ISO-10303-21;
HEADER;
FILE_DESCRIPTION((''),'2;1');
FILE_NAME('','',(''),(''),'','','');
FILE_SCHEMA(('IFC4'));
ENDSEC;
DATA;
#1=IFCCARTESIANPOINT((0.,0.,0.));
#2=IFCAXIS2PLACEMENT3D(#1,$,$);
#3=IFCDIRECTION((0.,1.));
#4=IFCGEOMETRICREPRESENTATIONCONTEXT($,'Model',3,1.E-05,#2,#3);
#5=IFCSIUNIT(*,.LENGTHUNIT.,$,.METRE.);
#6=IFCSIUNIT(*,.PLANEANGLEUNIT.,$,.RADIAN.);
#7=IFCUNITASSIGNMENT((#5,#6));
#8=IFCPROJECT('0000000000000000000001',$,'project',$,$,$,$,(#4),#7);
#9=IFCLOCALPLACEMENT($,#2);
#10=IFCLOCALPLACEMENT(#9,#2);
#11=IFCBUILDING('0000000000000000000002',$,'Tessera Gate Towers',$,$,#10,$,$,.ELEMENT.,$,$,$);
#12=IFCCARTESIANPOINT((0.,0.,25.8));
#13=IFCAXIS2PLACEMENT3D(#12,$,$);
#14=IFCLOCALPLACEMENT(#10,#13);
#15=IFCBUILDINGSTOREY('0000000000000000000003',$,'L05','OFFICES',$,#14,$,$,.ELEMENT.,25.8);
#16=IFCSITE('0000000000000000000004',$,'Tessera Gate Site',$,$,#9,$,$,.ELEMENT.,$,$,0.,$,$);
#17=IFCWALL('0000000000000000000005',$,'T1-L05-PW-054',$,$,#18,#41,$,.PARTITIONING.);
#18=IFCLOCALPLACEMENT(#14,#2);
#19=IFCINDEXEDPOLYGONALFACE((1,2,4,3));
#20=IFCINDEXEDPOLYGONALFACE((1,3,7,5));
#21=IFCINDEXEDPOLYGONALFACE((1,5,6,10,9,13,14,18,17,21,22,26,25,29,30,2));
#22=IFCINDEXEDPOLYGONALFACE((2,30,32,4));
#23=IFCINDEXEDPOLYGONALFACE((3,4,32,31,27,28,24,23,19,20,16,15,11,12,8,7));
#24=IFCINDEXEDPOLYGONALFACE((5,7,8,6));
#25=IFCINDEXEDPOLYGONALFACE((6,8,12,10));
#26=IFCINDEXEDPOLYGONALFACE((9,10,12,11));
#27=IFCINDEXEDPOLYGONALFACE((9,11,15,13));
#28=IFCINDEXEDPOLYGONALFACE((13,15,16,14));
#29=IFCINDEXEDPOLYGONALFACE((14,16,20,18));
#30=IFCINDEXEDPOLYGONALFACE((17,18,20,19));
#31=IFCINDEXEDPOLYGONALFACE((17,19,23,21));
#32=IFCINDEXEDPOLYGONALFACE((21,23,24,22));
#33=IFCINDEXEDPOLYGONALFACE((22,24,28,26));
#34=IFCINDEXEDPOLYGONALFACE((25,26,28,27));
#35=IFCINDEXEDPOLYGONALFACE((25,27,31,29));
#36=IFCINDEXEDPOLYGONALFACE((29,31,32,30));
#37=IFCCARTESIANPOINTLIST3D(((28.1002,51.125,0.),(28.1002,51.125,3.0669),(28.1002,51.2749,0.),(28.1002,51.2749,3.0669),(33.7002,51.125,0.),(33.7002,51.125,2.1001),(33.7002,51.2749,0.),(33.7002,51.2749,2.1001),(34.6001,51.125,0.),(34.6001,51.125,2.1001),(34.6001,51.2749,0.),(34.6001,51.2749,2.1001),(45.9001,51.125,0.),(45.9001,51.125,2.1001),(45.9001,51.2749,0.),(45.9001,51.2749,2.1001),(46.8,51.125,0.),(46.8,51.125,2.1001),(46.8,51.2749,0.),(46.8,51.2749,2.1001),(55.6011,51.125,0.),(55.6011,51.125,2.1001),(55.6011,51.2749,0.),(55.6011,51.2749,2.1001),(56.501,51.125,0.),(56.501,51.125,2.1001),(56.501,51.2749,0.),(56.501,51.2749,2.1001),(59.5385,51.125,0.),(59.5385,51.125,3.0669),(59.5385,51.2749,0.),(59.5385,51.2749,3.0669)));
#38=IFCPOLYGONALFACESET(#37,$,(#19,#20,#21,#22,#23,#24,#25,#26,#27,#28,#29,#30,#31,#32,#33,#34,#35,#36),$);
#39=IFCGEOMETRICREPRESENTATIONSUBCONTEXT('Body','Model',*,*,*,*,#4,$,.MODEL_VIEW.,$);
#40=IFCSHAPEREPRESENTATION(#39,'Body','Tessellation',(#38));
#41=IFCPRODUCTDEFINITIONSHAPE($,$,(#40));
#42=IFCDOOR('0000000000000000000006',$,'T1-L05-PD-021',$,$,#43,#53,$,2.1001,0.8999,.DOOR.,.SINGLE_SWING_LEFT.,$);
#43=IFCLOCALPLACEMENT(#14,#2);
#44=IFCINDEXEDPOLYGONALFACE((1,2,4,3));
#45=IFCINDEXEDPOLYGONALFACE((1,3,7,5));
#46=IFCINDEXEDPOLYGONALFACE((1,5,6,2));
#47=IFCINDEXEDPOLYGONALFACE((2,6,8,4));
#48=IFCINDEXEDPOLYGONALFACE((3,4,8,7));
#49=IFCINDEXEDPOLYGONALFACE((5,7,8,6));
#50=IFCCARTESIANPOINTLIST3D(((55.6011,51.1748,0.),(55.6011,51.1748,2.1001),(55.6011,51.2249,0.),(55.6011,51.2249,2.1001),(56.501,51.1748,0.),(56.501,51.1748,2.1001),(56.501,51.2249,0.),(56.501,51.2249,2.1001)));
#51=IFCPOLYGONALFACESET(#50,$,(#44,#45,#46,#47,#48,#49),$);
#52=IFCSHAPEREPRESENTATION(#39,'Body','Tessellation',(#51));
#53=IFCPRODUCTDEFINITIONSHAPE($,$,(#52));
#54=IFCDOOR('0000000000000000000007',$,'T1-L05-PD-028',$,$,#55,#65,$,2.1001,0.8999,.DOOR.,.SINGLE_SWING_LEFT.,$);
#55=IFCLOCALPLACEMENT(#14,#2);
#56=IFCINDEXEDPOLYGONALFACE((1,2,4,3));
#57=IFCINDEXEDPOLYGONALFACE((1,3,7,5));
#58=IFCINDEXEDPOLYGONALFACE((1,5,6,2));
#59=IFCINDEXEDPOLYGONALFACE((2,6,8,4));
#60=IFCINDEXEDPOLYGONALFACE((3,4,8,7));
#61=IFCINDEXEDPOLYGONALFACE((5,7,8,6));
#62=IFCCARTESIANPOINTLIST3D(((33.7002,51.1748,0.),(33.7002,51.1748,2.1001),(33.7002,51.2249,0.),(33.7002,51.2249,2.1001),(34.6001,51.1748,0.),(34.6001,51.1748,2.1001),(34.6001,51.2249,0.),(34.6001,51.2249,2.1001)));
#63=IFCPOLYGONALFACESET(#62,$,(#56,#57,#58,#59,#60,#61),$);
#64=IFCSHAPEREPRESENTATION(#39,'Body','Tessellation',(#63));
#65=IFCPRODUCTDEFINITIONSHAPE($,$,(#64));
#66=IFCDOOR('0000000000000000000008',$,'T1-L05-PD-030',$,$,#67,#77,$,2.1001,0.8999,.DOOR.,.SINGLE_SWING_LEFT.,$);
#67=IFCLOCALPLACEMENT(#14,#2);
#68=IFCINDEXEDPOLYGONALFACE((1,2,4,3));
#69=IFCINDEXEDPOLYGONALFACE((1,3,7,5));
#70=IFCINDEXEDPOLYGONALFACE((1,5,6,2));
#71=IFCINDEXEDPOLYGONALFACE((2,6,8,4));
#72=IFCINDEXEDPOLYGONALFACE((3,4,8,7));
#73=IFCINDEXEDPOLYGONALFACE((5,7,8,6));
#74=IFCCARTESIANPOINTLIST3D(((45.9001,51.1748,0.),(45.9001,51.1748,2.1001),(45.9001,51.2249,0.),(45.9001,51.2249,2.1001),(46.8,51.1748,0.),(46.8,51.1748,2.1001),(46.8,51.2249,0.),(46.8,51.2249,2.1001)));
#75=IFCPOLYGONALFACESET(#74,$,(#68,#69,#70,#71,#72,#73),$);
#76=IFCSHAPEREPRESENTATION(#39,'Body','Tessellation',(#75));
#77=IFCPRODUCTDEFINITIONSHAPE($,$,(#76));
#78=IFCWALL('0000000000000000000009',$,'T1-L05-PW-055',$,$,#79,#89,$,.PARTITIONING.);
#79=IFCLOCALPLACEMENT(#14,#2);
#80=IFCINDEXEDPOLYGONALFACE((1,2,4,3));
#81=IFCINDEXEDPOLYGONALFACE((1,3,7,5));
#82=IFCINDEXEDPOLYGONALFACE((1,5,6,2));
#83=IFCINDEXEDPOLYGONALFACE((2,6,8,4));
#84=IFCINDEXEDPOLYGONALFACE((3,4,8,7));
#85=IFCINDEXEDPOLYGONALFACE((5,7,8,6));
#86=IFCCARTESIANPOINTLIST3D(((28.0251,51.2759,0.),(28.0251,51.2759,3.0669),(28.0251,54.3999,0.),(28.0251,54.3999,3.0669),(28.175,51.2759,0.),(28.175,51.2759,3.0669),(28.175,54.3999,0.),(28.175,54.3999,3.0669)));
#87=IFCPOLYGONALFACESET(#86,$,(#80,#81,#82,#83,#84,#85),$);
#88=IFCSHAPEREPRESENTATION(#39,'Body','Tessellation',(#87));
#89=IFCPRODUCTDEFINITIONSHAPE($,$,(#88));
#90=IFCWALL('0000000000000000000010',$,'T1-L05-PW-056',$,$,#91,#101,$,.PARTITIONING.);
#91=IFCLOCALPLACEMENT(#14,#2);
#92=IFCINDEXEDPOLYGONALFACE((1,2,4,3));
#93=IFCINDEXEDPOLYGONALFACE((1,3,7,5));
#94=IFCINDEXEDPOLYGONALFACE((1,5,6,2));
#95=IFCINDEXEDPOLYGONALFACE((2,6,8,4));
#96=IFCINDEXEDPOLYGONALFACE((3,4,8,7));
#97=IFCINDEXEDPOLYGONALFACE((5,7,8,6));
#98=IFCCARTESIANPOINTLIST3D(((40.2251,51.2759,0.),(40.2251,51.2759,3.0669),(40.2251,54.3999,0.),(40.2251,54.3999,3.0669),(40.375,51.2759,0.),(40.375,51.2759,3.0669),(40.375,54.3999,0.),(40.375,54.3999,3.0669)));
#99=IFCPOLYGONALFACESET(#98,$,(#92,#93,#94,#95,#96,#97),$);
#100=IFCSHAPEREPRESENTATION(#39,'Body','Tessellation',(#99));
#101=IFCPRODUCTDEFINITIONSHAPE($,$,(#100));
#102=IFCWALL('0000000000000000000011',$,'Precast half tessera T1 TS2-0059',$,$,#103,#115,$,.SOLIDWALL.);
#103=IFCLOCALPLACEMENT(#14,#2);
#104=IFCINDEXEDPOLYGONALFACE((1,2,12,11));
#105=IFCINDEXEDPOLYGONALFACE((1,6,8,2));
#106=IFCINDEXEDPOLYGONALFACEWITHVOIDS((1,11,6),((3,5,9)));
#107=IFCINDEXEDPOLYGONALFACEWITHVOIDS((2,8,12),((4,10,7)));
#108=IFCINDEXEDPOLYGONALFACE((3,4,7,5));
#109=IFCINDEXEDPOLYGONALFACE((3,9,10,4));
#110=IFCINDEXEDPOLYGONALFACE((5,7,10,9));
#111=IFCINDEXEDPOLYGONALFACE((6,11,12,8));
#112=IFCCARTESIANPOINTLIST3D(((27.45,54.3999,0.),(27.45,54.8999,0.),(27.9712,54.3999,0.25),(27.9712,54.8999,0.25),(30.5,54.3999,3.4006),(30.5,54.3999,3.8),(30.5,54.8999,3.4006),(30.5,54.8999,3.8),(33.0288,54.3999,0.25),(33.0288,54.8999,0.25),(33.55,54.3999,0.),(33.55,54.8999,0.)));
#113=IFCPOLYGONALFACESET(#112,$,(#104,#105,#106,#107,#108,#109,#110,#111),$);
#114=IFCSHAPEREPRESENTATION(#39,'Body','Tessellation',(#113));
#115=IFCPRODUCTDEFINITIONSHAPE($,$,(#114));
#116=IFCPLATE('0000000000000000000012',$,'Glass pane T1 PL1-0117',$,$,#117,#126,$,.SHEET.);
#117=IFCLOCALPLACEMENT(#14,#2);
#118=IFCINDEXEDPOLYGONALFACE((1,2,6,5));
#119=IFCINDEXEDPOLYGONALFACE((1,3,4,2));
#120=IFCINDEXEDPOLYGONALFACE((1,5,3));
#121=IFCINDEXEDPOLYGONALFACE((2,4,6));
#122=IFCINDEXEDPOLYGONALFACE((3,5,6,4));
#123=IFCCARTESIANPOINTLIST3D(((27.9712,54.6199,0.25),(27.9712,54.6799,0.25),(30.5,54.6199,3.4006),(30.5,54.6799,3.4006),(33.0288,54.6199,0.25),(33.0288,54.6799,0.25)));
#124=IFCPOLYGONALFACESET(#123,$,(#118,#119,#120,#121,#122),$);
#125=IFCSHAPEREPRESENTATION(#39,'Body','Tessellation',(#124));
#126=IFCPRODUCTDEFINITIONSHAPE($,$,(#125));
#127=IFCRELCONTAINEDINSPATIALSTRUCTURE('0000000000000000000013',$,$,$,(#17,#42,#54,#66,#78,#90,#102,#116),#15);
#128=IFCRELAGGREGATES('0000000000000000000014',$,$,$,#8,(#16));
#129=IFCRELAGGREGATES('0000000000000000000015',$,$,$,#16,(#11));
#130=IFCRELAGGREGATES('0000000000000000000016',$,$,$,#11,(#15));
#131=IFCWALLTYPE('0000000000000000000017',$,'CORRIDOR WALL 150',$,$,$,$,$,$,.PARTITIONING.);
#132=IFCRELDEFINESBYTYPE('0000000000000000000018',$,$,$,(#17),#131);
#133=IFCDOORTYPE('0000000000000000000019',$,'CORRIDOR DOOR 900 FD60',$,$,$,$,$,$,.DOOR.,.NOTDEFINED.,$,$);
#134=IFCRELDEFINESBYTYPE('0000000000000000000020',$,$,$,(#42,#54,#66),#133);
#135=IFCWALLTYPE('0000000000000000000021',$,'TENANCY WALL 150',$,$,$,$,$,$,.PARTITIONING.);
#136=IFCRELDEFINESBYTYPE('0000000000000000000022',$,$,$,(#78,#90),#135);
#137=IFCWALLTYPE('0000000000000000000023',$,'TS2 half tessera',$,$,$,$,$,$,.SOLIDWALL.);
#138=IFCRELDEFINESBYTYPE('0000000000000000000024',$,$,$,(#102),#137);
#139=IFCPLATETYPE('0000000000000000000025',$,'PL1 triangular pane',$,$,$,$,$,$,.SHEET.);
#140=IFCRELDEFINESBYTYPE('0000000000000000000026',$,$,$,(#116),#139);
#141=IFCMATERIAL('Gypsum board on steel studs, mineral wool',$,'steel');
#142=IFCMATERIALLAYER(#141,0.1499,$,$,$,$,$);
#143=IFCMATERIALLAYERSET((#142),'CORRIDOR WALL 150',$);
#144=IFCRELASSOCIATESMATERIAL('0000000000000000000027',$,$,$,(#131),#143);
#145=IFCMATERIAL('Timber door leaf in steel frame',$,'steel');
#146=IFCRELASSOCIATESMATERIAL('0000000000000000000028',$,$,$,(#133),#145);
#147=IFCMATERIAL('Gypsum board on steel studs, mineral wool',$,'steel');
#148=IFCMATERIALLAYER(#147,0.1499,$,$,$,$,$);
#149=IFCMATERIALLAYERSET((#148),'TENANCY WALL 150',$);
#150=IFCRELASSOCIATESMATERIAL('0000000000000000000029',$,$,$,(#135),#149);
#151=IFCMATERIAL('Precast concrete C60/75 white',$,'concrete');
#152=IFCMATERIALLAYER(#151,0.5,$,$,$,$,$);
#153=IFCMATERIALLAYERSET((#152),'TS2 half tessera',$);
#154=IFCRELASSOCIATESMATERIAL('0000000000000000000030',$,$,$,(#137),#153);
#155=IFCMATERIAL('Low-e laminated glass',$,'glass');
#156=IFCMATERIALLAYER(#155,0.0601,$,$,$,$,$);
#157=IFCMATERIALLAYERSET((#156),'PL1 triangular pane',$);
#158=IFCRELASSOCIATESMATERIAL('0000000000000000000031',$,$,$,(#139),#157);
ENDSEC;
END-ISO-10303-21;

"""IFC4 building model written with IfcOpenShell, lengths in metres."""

from ifc_helpers import new_model, si_unit, direction, frame, frame_2d, origin, place, context, subcontext, project, spatial, polyline, rectangle, outline, extrude, source, transform, mapped, material, layer, layer_set, type_object, element, fill, save


model = new_model("IFC4")

# Units and contexts
model_context = context("Model", 3, precision=1e-05, world=origin(), true_north=direction((0.0, 1.0)))
body_context = subcontext(model_context, "Body", "Model", "MODEL_VIEW")
ifc_project = project(units=[si_unit("LENGTHUNIT", "METRE"), si_unit("PLANEANGLEUNIT", "RADIAN")], contexts=[model_context])

# Site, building, storey
site_placement = place(None, origin())
site = spatial("IfcSite", under=ifc_project, at=site_placement, Name="Tessera Gate Site", CompositionType="ELEMENT", RefElevation=0.0)
building_placement = place(site_placement, origin())
building = spatial("IfcBuilding", under=site, at=building_placement, Name="Tessera Gate Towers", CompositionType="ELEMENT")
storey_placement = place(building_placement, frame((0.0, 0.0, 25.8)))
storey = spatial("IfcBuildingStorey", under=building, at=storey_placement, Name="L05", Description="OFFICES", CompositionType="ELEMENT", Elevation=25.8)

# Shared definitions
ifc_material_1 = material(Name="Gypsum board on steel studs, mineral wool", Category="steel")
ifc_layer_1 = layer(ifc_material_1, 0.1499)
ifc_layer_set_1 = layer_set([ifc_layer_1], Name="CORRIDOR WALL 150")
wall_type_1 = type_object("IfcWallType", Name="CORRIDOR WALL 150", PredefinedType="PARTITIONING", material=ifc_layer_set_1)

# Wall, openings, doors
wall_1_placement = place(storey_placement, frame((28.1001, 51.2, 0.0), z_axis=(0.0, 0.0, 1.0), x_axis=(1.0, 0.0, 0.0)))
wall_1 = element("IfcWall", 1, at=wall_1_placement, inside=storey, type_object=wall_type_1, Name="T1-L05-PW-054", PredefinedType="PARTITIONING", context=body_context, shape_type="SweptSolid", body=[
    extrude(rectangle(XDim=31.4382, YDim=0.1499, at=frame_2d((15.7192, 0.0))), origin(), (0.0, 0.0, 1.0), 3.0669),
])
shared_shape_1 = source(origin(), body_context, "Body", "SweptSolid", [
    extrude(rectangle(XDim=0.8999, YDim=2.1001, at=frame_2d((0.45, 1.05))), frame((0.0, 0.085, 0.0), z_axis=(0.0, -1.0, 0.0), x_axis=(1.0, 0.0, 0.0)), (0.0, 0.0, 1.0), 0.1699),
])
opening_1_placement = place(wall_1_placement, frame((27.501, 0.0, 0.0)))
opening_1 = element("IfcOpeningElement", 2, at=opening_1_placement, cuts=wall_1, PredefinedType="OPENING", context=body_context, shape_type="MappedRepresentation", body=[
    mapped(shared_shape_1, transform((0.0, 0.0, 0.0), scale=1.0)),
])
opening_2_placement = place(wall_1_placement, frame((5.6001, 0.0, 0.0)))
opening_2 = element("IfcOpeningElement", 3, at=opening_2_placement, cuts=wall_1, PredefinedType="OPENING", context=body_context, shape_type="MappedRepresentation", body=[
    mapped(shared_shape_1, transform((0.0, 0.0, 0.0), scale=1.0)),
])
opening_3_placement = place(wall_1_placement, frame((17.8, 0.0, 0.0)))
opening_3 = element("IfcOpeningElement", 4, at=opening_3_placement, cuts=wall_1, PredefinedType="OPENING", context=body_context, shape_type="MappedRepresentation", body=[
    mapped(shared_shape_1, transform((0.0, 0.0, 0.0), scale=1.0)),
])
ifc_material_2 = material(Name="Timber door leaf in steel frame", Category="steel")
door_type_1 = type_object("IfcDoorType", Name="CORRIDOR DOOR 900 FD60", OperationType="NOTDEFINED", PredefinedType="DOOR", material=ifc_material_2)
shared_shape_2 = source(origin(), body_context, "Body", "SweptSolid", [
    extrude(rectangle(XDim=0.8999, YDim=2.1001, at=frame_2d((0.45, 1.05))), frame((0.0, 0.0249, 0.0), z_axis=(0.0, -1.0, 0.0), x_axis=(1.0, 0.0, 0.0)), (0.0, 0.0, 1.0), 0.05),
])
door_1_placement = place(opening_1_placement, origin())
door_1 = element("IfcDoor", 5, at=door_1_placement, inside=storey, type_object=door_type_1, Name="T1-L05-PD-021", OperationType="SINGLE_SWING_LEFT", OverallHeight=2.1001, OverallWidth=0.8999, PredefinedType="DOOR", context=body_context, shape_type="MappedRepresentation", body=[
    mapped(shared_shape_2, transform((0.0, 0.0, 0.0), scale=1.0)),
])
fill(opening_1, door_1)
door_2_placement = place(opening_2_placement, origin())
door_2 = element("IfcDoor", 6, at=door_2_placement, inside=storey, type_object=door_type_1, Name="T1-L05-PD-028", OperationType="SINGLE_SWING_LEFT", OverallHeight=2.1001, OverallWidth=0.8999, PredefinedType="DOOR", context=body_context, shape_type="MappedRepresentation", body=[
    mapped(shared_shape_2, transform((0.0, 0.0, 0.0), scale=1.0)),
])
fill(opening_2, door_2)
door_3_placement = place(opening_3_placement, origin())
door_3 = element("IfcDoor", 7, at=door_3_placement, inside=storey, type_object=door_type_1, Name="T1-L05-PD-030", OperationType="SINGLE_SWING_LEFT", OverallHeight=2.1001, OverallWidth=0.8999, PredefinedType="DOOR", context=body_context, shape_type="MappedRepresentation", body=[
    mapped(shared_shape_2, transform((0.0, 0.0, 0.0), scale=1.0)),
])
fill(opening_3, door_3)

# Walls
ifc_material_3 = material(Name="Gypsum board on steel studs, mineral wool", Category="steel")
ifc_layer_2 = layer(ifc_material_3, 0.1499)
ifc_layer_set_2 = layer_set([ifc_layer_2], Name="TENANCY WALL 150")
wall_type_2 = type_object("IfcWallType", Name="TENANCY WALL 150", PredefinedType="PARTITIONING", material=ifc_layer_set_2)
for number, where, z_axis, x_axis, name in (
    (8, (28.1001, 51.2759, 0.0), (0.0, 0.0, 1.0), (0.0, 1.0, 0.0), "T1-L05-PW-055"),
    (9, (40.3, 51.2759, 0.0), (0.0, 0.0, 1.0), (0.0, 1.0, 0.0), "T1-L05-PW-056"),
):
    element("IfcWall", number, at=place(storey_placement, frame(where, z_axis=z_axis, x_axis=x_axis)), inside=storey, type_object=wall_type_2, Name=name, PredefinedType="PARTITIONING", context=body_context, shape_type="SweptSolid", body=[
        extrude(rectangle(XDim=3.124, YDim=0.1499, at=frame_2d((1.562, 0.0))), origin(), (0.0, 0.0, 1.0), 3.0669),
    ])

# Wall, opening, plate
ifc_material_4 = material(Name="Precast concrete C60/75 white", Category="concrete")
ifc_layer_3 = layer(ifc_material_4, 0.5)
ifc_layer_set_3 = layer_set([ifc_layer_3], Name="TS2 half tessera")
wall_type_3 = type_object("IfcWallType", Name="TS2 half tessera", PredefinedType="SOLIDWALL", material=ifc_layer_set_3)
shared_shape_3 = source(origin(), body_context, "Body", "SweptSolid", [
    extrude(outline(polyline([(6.1001, 0.0), (3.05, 3.8), (0.0, 0.0), (6.1001, 0.0)])), frame((0.0, 0.25, 0.0), z_axis=(0.0, -1.0, 0.0), x_axis=(1.0, 0.0, 0.0)), (0.0, 0.0, 1.0), 0.5),
])
wall_2_placement = place(storey_placement, frame((33.55, 54.6499, 0.0), z_axis=(0.0, 0.0, 1.0), x_axis=(-1.0, 0.0, 0.0)))
wall_2 = element("IfcWall", 10, at=wall_2_placement, inside=storey, type_object=wall_type_3, Name="Precast half tessera T1 TS2-0059", PredefinedType="SOLIDWALL", context=body_context, shape_type="MappedRepresentation", body=[
    mapped(shared_shape_3, transform((0.0, 0.0, 0.0), scale=1.0)),
])
shared_shape_4 = source(origin(), body_context, "Body", "SweptSolid", [
    extrude(outline(polyline([(5.5789, 0.25), (3.05, 3.4006), (0.5212, 0.25), (5.5789, 0.25)])), frame((0.0, 0.26, 0.0), z_axis=(0.0, -1.0, 0.0), x_axis=(1.0, 0.0, 0.0)), (0.0, 0.0, 1.0), 0.52),
])
opening_4_placement = place(wall_2_placement, origin())
opening_4 = element("IfcOpeningElement", 11, at=opening_4_placement, cuts=wall_2, PredefinedType="OPENING", context=body_context, shape_type="MappedRepresentation", body=[
    mapped(shared_shape_4, transform((0.0, 0.0, 0.0), scale=1.0)),
])
ifc_material_5 = material(Name="Low-e laminated glass", Category="glass")
ifc_layer_4 = layer(ifc_material_5, 0.0601)
ifc_layer_set_4 = layer_set([ifc_layer_4], Name="PL1 triangular pane")
plate_type = type_object("IfcPlateType", Name="PL1 triangular pane", PredefinedType="SHEET", material=ifc_layer_set_4)
shared_shape_5 = source(origin(), body_context, "Body", "SweptSolid", [
    extrude(outline(polyline([(5.5789, 0.25), (3.05, 3.4006), (0.5212, 0.25), (5.5789, 0.25)])), frame((0.0, 0.03, 0.0), z_axis=(0.0, -1.0, 0.0), x_axis=(1.0, 0.0, 0.0)), (0.0, 0.0, 1.0), 0.0601),
])
plate_placement = place(opening_4_placement, origin())
plate = element("IfcPlate", 12, at=plate_placement, inside=storey, type_object=plate_type, Name="Glass pane T1 PL1-0117", PredefinedType="SHEET", context=body_context, shape_type="MappedRepresentation", body=[
    mapped(shared_shape_5, transform((0.0, 0.0, 0.0), scale=1.0)),
])
fill(opening_4, plate)

save(model, "model.ifc")
